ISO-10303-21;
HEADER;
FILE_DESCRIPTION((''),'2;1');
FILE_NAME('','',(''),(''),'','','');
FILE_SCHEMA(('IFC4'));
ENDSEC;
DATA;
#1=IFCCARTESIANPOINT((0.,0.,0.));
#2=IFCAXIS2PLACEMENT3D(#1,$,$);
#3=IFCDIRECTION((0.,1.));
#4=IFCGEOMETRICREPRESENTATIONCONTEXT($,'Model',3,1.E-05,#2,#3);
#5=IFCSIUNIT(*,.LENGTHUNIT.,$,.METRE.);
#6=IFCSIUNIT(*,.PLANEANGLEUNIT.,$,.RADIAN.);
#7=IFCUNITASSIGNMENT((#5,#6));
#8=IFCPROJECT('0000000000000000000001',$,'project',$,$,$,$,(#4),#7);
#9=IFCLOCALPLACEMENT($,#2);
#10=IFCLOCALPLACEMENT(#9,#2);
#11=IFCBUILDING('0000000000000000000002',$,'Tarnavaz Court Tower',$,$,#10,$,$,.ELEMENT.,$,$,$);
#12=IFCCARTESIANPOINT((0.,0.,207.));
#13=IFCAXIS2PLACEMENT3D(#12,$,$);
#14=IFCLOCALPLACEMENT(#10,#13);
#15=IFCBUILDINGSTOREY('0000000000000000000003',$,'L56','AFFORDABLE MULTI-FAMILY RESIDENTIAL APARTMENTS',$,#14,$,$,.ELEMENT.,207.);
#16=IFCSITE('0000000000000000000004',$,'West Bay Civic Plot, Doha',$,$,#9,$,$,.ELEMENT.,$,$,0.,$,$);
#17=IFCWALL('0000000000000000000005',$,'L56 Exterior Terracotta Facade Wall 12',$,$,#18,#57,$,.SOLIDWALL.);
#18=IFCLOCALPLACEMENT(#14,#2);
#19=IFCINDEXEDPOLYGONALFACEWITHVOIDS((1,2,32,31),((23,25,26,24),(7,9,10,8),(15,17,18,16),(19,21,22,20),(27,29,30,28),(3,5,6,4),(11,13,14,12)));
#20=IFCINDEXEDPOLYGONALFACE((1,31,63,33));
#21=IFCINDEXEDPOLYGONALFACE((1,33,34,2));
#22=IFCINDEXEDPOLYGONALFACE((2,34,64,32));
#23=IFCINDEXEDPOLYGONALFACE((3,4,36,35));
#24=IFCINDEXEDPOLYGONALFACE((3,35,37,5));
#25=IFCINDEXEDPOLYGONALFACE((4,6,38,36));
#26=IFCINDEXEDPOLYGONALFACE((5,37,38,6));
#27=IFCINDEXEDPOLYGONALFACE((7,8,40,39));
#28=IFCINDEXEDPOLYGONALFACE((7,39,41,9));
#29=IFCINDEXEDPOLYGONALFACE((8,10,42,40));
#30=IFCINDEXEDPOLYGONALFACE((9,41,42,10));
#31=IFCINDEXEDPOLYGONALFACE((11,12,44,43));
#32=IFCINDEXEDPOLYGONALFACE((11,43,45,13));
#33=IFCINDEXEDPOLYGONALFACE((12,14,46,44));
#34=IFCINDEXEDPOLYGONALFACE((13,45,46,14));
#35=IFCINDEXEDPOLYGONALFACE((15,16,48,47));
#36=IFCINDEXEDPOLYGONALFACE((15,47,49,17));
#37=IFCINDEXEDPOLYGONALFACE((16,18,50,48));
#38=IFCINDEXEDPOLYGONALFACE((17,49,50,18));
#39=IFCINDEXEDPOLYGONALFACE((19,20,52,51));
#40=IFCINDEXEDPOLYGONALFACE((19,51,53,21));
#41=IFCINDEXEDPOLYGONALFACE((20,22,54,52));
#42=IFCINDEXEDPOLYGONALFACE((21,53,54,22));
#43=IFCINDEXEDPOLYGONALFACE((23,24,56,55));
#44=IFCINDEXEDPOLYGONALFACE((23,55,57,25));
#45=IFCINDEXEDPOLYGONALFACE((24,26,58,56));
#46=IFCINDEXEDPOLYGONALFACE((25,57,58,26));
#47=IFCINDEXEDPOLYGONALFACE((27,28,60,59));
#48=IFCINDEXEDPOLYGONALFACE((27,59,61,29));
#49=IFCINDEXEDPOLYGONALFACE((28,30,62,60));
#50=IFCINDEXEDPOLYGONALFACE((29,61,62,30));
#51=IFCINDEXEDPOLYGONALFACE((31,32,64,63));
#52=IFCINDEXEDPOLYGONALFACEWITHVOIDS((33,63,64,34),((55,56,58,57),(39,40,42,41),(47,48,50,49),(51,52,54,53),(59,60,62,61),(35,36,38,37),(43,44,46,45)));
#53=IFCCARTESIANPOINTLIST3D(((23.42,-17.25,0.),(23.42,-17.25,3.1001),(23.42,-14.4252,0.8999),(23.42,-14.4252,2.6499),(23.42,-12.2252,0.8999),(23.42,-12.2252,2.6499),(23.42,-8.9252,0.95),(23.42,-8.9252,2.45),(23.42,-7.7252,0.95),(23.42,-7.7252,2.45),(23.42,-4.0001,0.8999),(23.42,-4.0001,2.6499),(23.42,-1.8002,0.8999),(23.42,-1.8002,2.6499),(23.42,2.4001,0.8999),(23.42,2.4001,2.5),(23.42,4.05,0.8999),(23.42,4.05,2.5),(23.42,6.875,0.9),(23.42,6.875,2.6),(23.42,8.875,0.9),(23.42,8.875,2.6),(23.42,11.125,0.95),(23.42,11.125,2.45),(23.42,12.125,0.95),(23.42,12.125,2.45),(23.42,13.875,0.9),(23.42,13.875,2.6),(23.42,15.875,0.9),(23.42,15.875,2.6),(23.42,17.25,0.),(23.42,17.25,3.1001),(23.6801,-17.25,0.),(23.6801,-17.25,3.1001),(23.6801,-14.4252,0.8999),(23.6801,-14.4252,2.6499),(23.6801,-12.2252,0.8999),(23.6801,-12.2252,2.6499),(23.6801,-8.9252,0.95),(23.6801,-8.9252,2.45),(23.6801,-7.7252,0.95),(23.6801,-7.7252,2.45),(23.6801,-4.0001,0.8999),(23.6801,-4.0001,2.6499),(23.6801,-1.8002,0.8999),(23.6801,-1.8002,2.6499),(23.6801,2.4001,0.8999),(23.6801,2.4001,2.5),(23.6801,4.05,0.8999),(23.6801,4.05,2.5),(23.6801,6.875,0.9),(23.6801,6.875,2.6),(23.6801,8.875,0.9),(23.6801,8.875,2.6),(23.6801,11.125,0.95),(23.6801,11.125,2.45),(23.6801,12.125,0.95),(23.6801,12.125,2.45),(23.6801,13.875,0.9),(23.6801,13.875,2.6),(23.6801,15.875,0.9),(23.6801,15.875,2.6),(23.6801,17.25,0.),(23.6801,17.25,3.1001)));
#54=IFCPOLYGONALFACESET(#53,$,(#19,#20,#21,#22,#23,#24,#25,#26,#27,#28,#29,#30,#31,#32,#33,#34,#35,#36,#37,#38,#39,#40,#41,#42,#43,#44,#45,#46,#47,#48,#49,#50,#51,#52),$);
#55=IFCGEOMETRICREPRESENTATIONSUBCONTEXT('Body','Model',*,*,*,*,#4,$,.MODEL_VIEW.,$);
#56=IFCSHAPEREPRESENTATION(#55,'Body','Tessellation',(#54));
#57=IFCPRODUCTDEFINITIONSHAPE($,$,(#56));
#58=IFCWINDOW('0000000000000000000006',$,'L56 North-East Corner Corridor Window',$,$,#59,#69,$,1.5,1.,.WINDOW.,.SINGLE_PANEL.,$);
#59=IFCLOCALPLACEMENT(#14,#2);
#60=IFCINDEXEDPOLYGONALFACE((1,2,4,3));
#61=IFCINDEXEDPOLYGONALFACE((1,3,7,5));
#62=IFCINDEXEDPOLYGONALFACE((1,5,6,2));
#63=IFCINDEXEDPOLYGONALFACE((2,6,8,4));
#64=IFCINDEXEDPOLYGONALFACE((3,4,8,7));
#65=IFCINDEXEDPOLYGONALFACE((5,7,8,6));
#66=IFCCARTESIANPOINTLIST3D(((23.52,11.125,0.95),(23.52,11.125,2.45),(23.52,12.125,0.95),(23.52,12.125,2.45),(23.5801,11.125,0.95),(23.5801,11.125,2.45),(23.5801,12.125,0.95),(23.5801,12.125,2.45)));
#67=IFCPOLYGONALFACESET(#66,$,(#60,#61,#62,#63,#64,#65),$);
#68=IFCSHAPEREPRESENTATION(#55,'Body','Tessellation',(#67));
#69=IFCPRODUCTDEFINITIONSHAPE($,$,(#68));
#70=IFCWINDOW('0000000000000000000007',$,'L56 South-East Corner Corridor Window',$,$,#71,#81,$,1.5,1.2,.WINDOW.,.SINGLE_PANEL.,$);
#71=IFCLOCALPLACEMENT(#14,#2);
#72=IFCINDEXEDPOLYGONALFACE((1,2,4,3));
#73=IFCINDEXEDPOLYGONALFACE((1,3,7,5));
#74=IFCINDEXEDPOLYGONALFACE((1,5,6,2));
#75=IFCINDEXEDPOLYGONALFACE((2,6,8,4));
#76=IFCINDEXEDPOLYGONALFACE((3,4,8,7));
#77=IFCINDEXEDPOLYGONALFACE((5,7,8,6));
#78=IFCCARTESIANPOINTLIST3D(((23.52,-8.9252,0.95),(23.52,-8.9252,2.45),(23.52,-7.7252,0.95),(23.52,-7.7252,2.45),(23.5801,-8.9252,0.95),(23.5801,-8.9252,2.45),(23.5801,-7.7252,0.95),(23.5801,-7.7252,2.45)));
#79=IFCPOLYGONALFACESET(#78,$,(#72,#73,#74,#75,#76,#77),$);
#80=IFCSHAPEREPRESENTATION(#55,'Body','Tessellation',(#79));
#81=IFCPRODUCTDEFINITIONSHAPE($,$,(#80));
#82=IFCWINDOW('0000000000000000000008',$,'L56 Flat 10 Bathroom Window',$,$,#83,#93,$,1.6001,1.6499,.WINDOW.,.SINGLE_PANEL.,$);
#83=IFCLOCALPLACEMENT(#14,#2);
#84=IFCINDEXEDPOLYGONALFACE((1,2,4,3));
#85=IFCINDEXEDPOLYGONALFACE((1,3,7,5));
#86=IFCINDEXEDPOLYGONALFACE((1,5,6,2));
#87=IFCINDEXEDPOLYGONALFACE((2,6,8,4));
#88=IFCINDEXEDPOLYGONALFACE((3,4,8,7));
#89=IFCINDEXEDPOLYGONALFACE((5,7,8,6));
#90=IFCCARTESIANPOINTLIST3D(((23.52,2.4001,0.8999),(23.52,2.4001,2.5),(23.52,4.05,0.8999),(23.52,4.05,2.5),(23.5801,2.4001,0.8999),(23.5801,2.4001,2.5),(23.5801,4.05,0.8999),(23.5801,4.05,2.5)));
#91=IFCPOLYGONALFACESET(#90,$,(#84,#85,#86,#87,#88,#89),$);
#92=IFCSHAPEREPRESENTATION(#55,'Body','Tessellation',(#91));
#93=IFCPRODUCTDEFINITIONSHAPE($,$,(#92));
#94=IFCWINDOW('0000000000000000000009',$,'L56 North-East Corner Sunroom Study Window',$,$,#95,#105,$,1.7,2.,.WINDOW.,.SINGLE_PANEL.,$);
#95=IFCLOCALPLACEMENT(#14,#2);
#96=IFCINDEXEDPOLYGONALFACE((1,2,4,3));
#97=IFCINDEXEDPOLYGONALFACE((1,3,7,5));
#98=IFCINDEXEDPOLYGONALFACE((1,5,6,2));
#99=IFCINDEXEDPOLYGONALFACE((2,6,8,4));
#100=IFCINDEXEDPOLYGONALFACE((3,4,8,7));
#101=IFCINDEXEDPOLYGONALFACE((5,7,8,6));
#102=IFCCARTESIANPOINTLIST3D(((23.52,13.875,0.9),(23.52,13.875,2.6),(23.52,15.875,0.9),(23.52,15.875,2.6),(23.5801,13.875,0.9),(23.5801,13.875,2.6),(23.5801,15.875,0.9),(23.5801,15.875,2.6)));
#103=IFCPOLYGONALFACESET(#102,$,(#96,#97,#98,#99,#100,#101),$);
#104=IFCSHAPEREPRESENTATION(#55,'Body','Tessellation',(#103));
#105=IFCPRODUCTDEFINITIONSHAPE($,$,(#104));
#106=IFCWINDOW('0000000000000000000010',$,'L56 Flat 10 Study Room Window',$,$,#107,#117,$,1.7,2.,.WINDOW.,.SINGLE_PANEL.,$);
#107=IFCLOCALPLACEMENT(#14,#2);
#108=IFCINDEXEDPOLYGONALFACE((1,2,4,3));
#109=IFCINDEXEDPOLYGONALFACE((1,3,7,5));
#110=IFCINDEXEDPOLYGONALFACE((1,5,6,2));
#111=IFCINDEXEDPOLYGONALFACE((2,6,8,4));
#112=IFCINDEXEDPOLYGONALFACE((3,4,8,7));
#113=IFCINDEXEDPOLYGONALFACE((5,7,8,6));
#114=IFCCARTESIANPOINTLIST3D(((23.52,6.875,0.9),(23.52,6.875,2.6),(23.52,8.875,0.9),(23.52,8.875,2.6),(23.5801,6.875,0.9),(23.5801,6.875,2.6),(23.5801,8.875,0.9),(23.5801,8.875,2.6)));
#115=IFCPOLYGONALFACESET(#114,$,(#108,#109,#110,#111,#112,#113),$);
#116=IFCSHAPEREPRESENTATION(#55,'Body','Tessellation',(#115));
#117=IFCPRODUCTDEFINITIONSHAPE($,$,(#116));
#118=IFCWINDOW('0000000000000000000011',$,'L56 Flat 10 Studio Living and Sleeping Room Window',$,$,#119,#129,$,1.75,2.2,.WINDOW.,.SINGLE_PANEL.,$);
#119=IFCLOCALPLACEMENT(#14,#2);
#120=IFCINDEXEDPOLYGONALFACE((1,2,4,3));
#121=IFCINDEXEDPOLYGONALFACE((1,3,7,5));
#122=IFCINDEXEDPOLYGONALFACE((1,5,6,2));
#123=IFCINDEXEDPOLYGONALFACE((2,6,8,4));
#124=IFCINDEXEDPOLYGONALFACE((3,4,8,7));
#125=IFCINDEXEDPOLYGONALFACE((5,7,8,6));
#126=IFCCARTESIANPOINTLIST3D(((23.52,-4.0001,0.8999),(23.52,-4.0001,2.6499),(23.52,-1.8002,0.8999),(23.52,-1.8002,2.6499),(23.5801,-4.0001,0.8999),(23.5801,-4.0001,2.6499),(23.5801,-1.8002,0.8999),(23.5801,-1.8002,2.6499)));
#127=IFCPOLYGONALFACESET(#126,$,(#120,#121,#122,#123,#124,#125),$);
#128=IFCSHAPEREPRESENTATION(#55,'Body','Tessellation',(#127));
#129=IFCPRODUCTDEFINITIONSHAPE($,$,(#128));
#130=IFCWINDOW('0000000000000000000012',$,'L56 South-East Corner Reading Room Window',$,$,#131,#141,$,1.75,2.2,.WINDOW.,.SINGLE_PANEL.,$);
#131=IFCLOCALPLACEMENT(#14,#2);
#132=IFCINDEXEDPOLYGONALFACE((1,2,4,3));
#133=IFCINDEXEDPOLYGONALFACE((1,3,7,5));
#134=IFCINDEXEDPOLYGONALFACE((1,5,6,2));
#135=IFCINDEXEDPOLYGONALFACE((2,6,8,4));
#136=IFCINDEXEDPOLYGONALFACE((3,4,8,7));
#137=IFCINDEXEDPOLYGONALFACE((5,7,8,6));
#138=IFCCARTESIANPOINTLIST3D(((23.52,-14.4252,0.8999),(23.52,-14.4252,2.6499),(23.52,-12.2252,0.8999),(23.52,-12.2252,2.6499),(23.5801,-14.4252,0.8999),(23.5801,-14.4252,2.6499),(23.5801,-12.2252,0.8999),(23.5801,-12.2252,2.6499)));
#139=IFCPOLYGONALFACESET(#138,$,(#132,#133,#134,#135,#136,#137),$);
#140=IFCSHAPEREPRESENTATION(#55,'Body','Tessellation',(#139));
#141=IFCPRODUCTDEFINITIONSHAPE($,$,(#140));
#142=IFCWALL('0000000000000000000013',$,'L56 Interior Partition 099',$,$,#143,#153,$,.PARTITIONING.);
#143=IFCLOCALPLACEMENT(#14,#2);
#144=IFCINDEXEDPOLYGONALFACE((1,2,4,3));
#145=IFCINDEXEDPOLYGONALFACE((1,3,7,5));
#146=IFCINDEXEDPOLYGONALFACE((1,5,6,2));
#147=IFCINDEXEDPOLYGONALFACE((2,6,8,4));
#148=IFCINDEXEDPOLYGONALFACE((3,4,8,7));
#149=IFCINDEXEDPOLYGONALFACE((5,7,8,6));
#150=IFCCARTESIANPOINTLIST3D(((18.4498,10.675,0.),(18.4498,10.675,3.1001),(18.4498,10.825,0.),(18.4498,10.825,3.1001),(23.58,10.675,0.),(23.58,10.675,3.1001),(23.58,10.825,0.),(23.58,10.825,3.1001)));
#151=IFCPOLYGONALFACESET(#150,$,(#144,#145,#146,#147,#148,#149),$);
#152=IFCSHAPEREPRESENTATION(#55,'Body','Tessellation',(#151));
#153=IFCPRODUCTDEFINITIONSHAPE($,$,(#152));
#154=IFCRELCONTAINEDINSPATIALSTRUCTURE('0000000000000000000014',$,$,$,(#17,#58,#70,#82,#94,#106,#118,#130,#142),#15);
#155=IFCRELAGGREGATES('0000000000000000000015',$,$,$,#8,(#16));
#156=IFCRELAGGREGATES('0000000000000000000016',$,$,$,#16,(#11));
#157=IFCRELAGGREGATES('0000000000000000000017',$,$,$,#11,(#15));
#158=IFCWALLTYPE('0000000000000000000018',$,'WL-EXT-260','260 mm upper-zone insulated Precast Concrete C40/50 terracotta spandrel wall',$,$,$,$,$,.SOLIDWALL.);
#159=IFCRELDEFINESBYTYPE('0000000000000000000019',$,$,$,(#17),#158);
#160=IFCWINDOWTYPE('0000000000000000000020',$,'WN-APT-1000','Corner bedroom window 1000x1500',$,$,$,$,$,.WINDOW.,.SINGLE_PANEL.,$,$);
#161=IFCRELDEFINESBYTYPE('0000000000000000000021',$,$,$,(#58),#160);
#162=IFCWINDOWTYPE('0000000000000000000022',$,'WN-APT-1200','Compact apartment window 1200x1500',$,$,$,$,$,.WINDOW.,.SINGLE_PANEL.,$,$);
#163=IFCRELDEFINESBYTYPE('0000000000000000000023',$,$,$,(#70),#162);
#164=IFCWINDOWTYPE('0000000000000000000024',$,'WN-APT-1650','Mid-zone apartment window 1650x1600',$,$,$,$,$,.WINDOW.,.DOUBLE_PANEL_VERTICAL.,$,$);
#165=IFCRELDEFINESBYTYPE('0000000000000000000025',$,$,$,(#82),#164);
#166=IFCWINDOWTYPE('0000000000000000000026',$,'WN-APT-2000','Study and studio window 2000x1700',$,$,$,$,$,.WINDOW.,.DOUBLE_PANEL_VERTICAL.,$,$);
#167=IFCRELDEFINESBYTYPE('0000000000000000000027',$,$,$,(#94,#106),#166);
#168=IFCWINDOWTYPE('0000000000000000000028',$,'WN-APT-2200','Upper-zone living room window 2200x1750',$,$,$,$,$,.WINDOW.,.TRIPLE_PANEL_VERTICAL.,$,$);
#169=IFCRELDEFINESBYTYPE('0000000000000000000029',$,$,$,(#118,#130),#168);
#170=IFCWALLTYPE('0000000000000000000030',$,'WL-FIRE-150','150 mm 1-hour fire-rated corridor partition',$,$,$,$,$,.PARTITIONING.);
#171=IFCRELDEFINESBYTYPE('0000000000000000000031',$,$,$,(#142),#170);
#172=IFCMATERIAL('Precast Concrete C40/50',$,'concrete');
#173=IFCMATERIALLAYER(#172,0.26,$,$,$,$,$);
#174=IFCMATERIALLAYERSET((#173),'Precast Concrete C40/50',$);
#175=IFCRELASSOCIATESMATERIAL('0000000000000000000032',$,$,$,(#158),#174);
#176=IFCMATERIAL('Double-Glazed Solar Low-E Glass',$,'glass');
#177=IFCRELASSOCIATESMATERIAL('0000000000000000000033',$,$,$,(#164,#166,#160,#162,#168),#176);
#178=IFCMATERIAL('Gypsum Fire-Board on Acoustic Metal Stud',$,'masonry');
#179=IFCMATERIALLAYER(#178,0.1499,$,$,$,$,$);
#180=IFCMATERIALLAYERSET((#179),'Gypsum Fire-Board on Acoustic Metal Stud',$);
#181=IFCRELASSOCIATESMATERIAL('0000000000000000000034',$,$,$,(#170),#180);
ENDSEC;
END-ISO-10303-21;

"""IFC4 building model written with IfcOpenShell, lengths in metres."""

from ifc_helpers import new_model, si_unit, direction, frame, frame_2d, origin, place, context, subcontext, project, spatial, rectangle, extrude, material, layer, layer_set, type_object, element, fill, save


model = new_model("IFC4")

# Units and contexts
model_context = context("Model", 3, precision=1e-05, world=origin(), true_north=direction((0.0, 1.0)))
body_context = subcontext(model_context, "Body", "Model", "MODEL_VIEW")
ifc_project = project(units=[si_unit("LENGTHUNIT", "METRE"), si_unit("PLANEANGLEUNIT", "RADIAN")], contexts=[model_context])

# Site, building, storey
site_placement = place(None, origin())
site = spatial("IfcSite", under=ifc_project, at=site_placement, Name="West Bay Civic Plot, Doha", CompositionType="ELEMENT", RefElevation=0.0)
building_placement = place(site_placement, origin())
building = spatial("IfcBuilding", under=site, at=building_placement, Name="Tarnavaz Court Tower", CompositionType="ELEMENT")
storey_placement = place(building_placement, frame((0.0, 0.0, 207.0)))
storey = spatial("IfcBuildingStorey", under=building, at=storey_placement, Name="L56", Description="AFFORDABLE MULTI-FAMILY RESIDENTIAL APARTMENTS", CompositionType="ELEMENT", Elevation=207.0)

# Shared definitions
ifc_material_1 = material(Name="Precast Concrete C40/50", Category="concrete")
ifc_layer_1 = layer(ifc_material_1, 0.26)
ifc_layer_set_1 = layer_set([ifc_layer_1], Name="Precast Concrete C40/50")
wall_type_1 = type_object("IfcWallType", Name="WL-EXT-260", Description="260 mm upper-zone insulated Precast Concrete C40/50 terracotta spandrel wall", PredefinedType="SOLIDWALL", material=ifc_layer_set_1)
ifc_material_2 = material(Name="Double-Glazed Solar Low-E Glass", Category="glass")
window_type_1 = type_object("IfcWindowType", Name="WN-APT-1650", Description="Mid-zone apartment window 1650x1600", PartitioningType="DOUBLE_PANEL_VERTICAL", PredefinedType="WINDOW", material=ifc_material_2)
window_type_2 = type_object("IfcWindowType", Name="WN-APT-2000", Description="Study and studio window 2000x1700", PartitioningType="DOUBLE_PANEL_VERTICAL", PredefinedType="WINDOW", material=ifc_material_2)

# Wall, openings, windows
wall_1_placement = place(storey_placement, frame((23.55, 17.25, 0.0), z_axis=(0.0, 0.0, 1.0), x_axis=(0.0, -1.0, 0.0)))
wall_1 = element("IfcWall", 1, at=wall_1_placement, inside=storey, type_object=wall_type_1, Name="L56 Exterior Terracotta Facade Wall 12", PredefinedType="SOLIDWALL", context=body_context, shape_type="SweptSolid", body=[
    extrude(rectangle(XDim=34.5, YDim=0.26, at=frame_2d((17.25, 0.0))), origin(), (0.0, 0.0, 1.0), 3.1001),
])
opening_1_placement = place(wall_1_placement, frame((1.375, 0.0, 0.8999)))
opening_1 = element("IfcOpeningElement", 2, at=opening_1_placement, cuts=wall_1, PredefinedType="OPENING", context=body_context, shape_type="SweptSolid", body=[
    extrude(rectangle(XDim=2.0, YDim=1.7, at=frame_2d((1.0, 0.8501))), frame((0.0, 0.1399, 0.0), z_axis=(0.0, -1.0, 0.0), x_axis=(1.0, 0.0, 0.0)), (0.0, 0.0, 1.0), 0.28),
])
opening_2_placement = place(wall_1_placement, frame((5.125, 0.0, 0.95)))
opening_2 = element("IfcOpeningElement", 3, at=opening_2_placement, cuts=wall_1, PredefinedType="OPENING", context=body_context, shape_type="SweptSolid", body=[
    extrude(rectangle(XDim=1.0, YDim=1.5, at=frame_2d((0.5, 0.75))), frame((0.0, 0.1399, 0.0), z_axis=(0.0, -1.0, 0.0), x_axis=(1.0, 0.0, 0.0)), (0.0, 0.0, 1.0), 0.28),
])
opening_3_placement = place(wall_1_placement, frame((8.375, 0.0, 0.8999)))
opening_3 = element("IfcOpeningElement", 4, at=opening_3_placement, cuts=wall_1, PredefinedType="OPENING", context=body_context, shape_type="SweptSolid", body=[
    extrude(rectangle(XDim=2.0, YDim=1.7, at=frame_2d((1.0, 0.8501))), frame((0.0, 0.1399, 0.0), z_axis=(0.0, -1.0, 0.0), x_axis=(1.0, 0.0, 0.0)), (0.0, 0.0, 1.0), 0.28),
])
opening_4_placement = place(wall_1_placement, frame((13.2, 0.0, 0.8999)))
opening_4 = element("IfcOpeningElement", 5, at=opening_4_placement, cuts=wall_1, PredefinedType="OPENING", context=body_context, shape_type="SweptSolid", body=[
    extrude(rectangle(XDim=1.6499, YDim=1.6001, at=frame_2d((0.825, 0.8))), frame((0.0, 0.1399, 0.0), z_axis=(0.0, -1.0, 0.0), x_axis=(1.0, 0.0, 0.0)), (0.0, 0.0, 1.0), 0.28),
])
opening_5_placement = place(wall_1_placement, frame((19.05, 0.0, 0.8999)))
opening_5 = element("IfcOpeningElement", 6, at=opening_5_placement, cuts=wall_1, PredefinedType="OPENING", context=body_context, shape_type="SweptSolid", body=[
    extrude(rectangle(XDim=2.2, YDim=1.75, at=frame_2d((1.1001, 0.875))), frame((0.0, 0.1399, 0.0), z_axis=(0.0, -1.0, 0.0), x_axis=(1.0, 0.0, 0.0)), (0.0, 0.0, 1.0), 0.28),
])
opening_6_placement = place(wall_1_placement, frame((24.9751, 0.0, 0.95)))
opening_6 = element("IfcOpeningElement", 7, at=opening_6_placement, cuts=wall_1, PredefinedType="OPENING", context=body_context, shape_type="SweptSolid", body=[
    extrude(rectangle(XDim=1.2, YDim=1.5, at=frame_2d((0.6001, 0.75))), frame((0.0, 0.1399, 0.0), z_axis=(0.0, -1.0, 0.0), x_axis=(1.0, 0.0, 0.0)), (0.0, 0.0, 1.0), 0.28),
])
opening_7_placement = place(wall_1_placement, frame((29.4751, 0.0, 0.8999)))
opening_7 = element("IfcOpeningElement", 8, at=opening_7_placement, cuts=wall_1, PredefinedType="OPENING", context=body_context, shape_type="SweptSolid", body=[
    extrude(rectangle(XDim=2.2, YDim=1.75, at=frame_2d((1.1001, 0.875))), frame((0.0, 0.1399, 0.0), z_axis=(0.0, -1.0, 0.0), x_axis=(1.0, 0.0, 0.0)), (0.0, 0.0, 1.0), 0.28),
])
window_type_3 = type_object("IfcWindowType", Name="WN-APT-1000", Description="Corner bedroom window 1000x1500", PartitioningType="SINGLE_PANEL", PredefinedType="WINDOW", material=ifc_material_2)
window_1_placement = place(opening_2_placement, origin())
window_1 = element("IfcWindow", 9, at=window_1_placement, inside=storey, type_object=window_type_3, Name="L56 North-East Corner Corridor Window", OverallHeight=1.5, OverallWidth=1.0, PartitioningType="SINGLE_PANEL", PredefinedType="WINDOW", context=body_context, shape_type="SweptSolid", body=[
    extrude(rectangle(XDim=1.0, YDim=1.5, at=frame_2d((0.5, 0.75))), frame((0.0, 0.03, 0.0), z_axis=(0.0, -1.0, 0.0), x_axis=(1.0, 0.0, 0.0)), (0.0, 0.0, 1.0), 0.0601),
])
fill(opening_2, window_1)
window_type_4 = type_object("IfcWindowType", Name="WN-APT-1200", Description="Compact apartment window 1200x1500", PartitioningType="SINGLE_PANEL", PredefinedType="WINDOW", material=ifc_material_2)
window_2_placement = place(opening_6_placement, origin())
window_2 = element("IfcWindow", 10, at=window_2_placement, inside=storey, type_object=window_type_4, Name="L56 South-East Corner Corridor Window", OverallHeight=1.5, OverallWidth=1.2, PartitioningType="SINGLE_PANEL", PredefinedType="WINDOW", context=body_context, shape_type="SweptSolid", body=[
    extrude(rectangle(XDim=1.2, YDim=1.5, at=frame_2d((0.6001, 0.75))), frame((0.0, 0.03, 0.0), z_axis=(0.0, -1.0, 0.0), x_axis=(1.0, 0.0, 0.0)), (0.0, 0.0, 1.0), 0.0601),
])
fill(opening_6, window_2)
window_3_placement = place(opening_4_placement, origin())
window_3 = element("IfcWindow", 11, at=window_3_placement, inside=storey, type_object=window_type_1, Name="L56 Flat 10 Bathroom Window", OverallHeight=1.6001, OverallWidth=1.6499, PartitioningType="SINGLE_PANEL", PredefinedType="WINDOW", context=body_context, shape_type="SweptSolid", body=[
    extrude(rectangle(XDim=1.6499, YDim=1.6001, at=frame_2d((0.825, 0.8))), frame((0.0, 0.03, 0.0), z_axis=(0.0, -1.0, 0.0), x_axis=(1.0, 0.0, 0.0)), (0.0, 0.0, 1.0), 0.0601),
])
fill(opening_4, window_3)
window_4_placement = place(opening_1_placement, origin())
window_4 = element("IfcWindow", 12, at=window_4_placement, inside=storey, type_object=window_type_2, Name="L56 North-East Corner Sunroom Study Window", OverallHeight=1.7, OverallWidth=2.0, PartitioningType="SINGLE_PANEL", PredefinedType="WINDOW", context=body_context, shape_type="SweptSolid", body=[
    extrude(rectangle(XDim=2.0, YDim=1.7, at=frame_2d((1.0, 0.8501))), frame((0.0, 0.03, 0.0), z_axis=(0.0, -1.0, 0.0), x_axis=(1.0, 0.0, 0.0)), (0.0, 0.0, 1.0), 0.0601),
])
fill(opening_1, window_4)
window_5_placement = place(opening_3_placement, origin())
window_5 = element("IfcWindow", 13, at=window_5_placement, inside=storey, type_object=window_type_2, Name="L56 Flat 10 Study Room Window", OverallHeight=1.7, OverallWidth=2.0, PartitioningType="SINGLE_PANEL", PredefinedType="WINDOW", context=body_context, shape_type="SweptSolid", body=[
    extrude(rectangle(XDim=2.0, YDim=1.7, at=frame_2d((1.0, 0.8501))), frame((0.0, 0.03, 0.0), z_axis=(0.0, -1.0, 0.0), x_axis=(1.0, 0.0, 0.0)), (0.0, 0.0, 1.0), 0.0601),
])
fill(opening_3, window_5)
window_type_5 = type_object("IfcWindowType", Name="WN-APT-2200", Description="Upper-zone living room window 2200x1750", PartitioningType="TRIPLE_PANEL_VERTICAL", PredefinedType="WINDOW", material=ifc_material_2)
window_6_placement = place(opening_5_placement, origin())
window_6 = element("IfcWindow", 14, at=window_6_placement, inside=storey, type_object=window_type_5, Name="L56 Flat 10 Studio Living and Sleeping Room Window", OverallHeight=1.75, OverallWidth=2.2, PartitioningType="SINGLE_PANEL", PredefinedType="WINDOW", context=body_context, shape_type="SweptSolid", body=[
    extrude(rectangle(XDim=2.2, YDim=1.75, at=frame_2d((1.1001, 0.875))), frame((0.0, 0.03, 0.0), z_axis=(0.0, -1.0, 0.0), x_axis=(1.0, 0.0, 0.0)), (0.0, 0.0, 1.0), 0.0601),
])
fill(opening_5, window_6)
window_7_placement = place(opening_7_placement, origin())
window_7 = element("IfcWindow", 15, at=window_7_placement, inside=storey, type_object=window_type_5, Name="L56 South-East Corner Reading Room Window", OverallHeight=1.75, OverallWidth=2.2, PartitioningType="SINGLE_PANEL", PredefinedType="WINDOW", context=body_context, shape_type="SweptSolid", body=[
    extrude(rectangle(XDim=2.2, YDim=1.75, at=frame_2d((1.1001, 0.875))), frame((0.0, 0.03, 0.0), z_axis=(0.0, -1.0, 0.0), x_axis=(1.0, 0.0, 0.0)), (0.0, 0.0, 1.0), 0.0601),
])
fill(opening_7, window_7)

# Wall
ifc_material_3 = material(Name="Gypsum Fire-Board on Acoustic Metal Stud", Category="masonry")
ifc_layer_2 = layer(ifc_material_3, 0.1499)
ifc_layer_set_2 = layer_set([ifc_layer_2], Name="Gypsum Fire-Board on Acoustic Metal Stud")
wall_type_2 = type_object("IfcWallType", Name="WL-FIRE-150", Description="150 mm 1-hour fire-rated corridor partition", PredefinedType="PARTITIONING", material=ifc_layer_set_2)
wall_2_placement = place(storey_placement, frame((18.45, 10.75, 0.0), z_axis=(0.0, 0.0, 1.0), x_axis=(1.0, 0.0, 0.0)))
element("IfcWall", 16, at=wall_2_placement, inside=storey, type_object=wall_type_2, Name="L56 Interior Partition 099", PredefinedType="PARTITIONING", context=body_context, shape_type="SweptSolid", body=[
    extrude(rectangle(XDim=5.1301, YDim=0.1499, at=frame_2d((2.5649, 0.0))), origin(), (0.0, 0.0, 1.0), 3.1001),
])

save(model, "model.ifc")
